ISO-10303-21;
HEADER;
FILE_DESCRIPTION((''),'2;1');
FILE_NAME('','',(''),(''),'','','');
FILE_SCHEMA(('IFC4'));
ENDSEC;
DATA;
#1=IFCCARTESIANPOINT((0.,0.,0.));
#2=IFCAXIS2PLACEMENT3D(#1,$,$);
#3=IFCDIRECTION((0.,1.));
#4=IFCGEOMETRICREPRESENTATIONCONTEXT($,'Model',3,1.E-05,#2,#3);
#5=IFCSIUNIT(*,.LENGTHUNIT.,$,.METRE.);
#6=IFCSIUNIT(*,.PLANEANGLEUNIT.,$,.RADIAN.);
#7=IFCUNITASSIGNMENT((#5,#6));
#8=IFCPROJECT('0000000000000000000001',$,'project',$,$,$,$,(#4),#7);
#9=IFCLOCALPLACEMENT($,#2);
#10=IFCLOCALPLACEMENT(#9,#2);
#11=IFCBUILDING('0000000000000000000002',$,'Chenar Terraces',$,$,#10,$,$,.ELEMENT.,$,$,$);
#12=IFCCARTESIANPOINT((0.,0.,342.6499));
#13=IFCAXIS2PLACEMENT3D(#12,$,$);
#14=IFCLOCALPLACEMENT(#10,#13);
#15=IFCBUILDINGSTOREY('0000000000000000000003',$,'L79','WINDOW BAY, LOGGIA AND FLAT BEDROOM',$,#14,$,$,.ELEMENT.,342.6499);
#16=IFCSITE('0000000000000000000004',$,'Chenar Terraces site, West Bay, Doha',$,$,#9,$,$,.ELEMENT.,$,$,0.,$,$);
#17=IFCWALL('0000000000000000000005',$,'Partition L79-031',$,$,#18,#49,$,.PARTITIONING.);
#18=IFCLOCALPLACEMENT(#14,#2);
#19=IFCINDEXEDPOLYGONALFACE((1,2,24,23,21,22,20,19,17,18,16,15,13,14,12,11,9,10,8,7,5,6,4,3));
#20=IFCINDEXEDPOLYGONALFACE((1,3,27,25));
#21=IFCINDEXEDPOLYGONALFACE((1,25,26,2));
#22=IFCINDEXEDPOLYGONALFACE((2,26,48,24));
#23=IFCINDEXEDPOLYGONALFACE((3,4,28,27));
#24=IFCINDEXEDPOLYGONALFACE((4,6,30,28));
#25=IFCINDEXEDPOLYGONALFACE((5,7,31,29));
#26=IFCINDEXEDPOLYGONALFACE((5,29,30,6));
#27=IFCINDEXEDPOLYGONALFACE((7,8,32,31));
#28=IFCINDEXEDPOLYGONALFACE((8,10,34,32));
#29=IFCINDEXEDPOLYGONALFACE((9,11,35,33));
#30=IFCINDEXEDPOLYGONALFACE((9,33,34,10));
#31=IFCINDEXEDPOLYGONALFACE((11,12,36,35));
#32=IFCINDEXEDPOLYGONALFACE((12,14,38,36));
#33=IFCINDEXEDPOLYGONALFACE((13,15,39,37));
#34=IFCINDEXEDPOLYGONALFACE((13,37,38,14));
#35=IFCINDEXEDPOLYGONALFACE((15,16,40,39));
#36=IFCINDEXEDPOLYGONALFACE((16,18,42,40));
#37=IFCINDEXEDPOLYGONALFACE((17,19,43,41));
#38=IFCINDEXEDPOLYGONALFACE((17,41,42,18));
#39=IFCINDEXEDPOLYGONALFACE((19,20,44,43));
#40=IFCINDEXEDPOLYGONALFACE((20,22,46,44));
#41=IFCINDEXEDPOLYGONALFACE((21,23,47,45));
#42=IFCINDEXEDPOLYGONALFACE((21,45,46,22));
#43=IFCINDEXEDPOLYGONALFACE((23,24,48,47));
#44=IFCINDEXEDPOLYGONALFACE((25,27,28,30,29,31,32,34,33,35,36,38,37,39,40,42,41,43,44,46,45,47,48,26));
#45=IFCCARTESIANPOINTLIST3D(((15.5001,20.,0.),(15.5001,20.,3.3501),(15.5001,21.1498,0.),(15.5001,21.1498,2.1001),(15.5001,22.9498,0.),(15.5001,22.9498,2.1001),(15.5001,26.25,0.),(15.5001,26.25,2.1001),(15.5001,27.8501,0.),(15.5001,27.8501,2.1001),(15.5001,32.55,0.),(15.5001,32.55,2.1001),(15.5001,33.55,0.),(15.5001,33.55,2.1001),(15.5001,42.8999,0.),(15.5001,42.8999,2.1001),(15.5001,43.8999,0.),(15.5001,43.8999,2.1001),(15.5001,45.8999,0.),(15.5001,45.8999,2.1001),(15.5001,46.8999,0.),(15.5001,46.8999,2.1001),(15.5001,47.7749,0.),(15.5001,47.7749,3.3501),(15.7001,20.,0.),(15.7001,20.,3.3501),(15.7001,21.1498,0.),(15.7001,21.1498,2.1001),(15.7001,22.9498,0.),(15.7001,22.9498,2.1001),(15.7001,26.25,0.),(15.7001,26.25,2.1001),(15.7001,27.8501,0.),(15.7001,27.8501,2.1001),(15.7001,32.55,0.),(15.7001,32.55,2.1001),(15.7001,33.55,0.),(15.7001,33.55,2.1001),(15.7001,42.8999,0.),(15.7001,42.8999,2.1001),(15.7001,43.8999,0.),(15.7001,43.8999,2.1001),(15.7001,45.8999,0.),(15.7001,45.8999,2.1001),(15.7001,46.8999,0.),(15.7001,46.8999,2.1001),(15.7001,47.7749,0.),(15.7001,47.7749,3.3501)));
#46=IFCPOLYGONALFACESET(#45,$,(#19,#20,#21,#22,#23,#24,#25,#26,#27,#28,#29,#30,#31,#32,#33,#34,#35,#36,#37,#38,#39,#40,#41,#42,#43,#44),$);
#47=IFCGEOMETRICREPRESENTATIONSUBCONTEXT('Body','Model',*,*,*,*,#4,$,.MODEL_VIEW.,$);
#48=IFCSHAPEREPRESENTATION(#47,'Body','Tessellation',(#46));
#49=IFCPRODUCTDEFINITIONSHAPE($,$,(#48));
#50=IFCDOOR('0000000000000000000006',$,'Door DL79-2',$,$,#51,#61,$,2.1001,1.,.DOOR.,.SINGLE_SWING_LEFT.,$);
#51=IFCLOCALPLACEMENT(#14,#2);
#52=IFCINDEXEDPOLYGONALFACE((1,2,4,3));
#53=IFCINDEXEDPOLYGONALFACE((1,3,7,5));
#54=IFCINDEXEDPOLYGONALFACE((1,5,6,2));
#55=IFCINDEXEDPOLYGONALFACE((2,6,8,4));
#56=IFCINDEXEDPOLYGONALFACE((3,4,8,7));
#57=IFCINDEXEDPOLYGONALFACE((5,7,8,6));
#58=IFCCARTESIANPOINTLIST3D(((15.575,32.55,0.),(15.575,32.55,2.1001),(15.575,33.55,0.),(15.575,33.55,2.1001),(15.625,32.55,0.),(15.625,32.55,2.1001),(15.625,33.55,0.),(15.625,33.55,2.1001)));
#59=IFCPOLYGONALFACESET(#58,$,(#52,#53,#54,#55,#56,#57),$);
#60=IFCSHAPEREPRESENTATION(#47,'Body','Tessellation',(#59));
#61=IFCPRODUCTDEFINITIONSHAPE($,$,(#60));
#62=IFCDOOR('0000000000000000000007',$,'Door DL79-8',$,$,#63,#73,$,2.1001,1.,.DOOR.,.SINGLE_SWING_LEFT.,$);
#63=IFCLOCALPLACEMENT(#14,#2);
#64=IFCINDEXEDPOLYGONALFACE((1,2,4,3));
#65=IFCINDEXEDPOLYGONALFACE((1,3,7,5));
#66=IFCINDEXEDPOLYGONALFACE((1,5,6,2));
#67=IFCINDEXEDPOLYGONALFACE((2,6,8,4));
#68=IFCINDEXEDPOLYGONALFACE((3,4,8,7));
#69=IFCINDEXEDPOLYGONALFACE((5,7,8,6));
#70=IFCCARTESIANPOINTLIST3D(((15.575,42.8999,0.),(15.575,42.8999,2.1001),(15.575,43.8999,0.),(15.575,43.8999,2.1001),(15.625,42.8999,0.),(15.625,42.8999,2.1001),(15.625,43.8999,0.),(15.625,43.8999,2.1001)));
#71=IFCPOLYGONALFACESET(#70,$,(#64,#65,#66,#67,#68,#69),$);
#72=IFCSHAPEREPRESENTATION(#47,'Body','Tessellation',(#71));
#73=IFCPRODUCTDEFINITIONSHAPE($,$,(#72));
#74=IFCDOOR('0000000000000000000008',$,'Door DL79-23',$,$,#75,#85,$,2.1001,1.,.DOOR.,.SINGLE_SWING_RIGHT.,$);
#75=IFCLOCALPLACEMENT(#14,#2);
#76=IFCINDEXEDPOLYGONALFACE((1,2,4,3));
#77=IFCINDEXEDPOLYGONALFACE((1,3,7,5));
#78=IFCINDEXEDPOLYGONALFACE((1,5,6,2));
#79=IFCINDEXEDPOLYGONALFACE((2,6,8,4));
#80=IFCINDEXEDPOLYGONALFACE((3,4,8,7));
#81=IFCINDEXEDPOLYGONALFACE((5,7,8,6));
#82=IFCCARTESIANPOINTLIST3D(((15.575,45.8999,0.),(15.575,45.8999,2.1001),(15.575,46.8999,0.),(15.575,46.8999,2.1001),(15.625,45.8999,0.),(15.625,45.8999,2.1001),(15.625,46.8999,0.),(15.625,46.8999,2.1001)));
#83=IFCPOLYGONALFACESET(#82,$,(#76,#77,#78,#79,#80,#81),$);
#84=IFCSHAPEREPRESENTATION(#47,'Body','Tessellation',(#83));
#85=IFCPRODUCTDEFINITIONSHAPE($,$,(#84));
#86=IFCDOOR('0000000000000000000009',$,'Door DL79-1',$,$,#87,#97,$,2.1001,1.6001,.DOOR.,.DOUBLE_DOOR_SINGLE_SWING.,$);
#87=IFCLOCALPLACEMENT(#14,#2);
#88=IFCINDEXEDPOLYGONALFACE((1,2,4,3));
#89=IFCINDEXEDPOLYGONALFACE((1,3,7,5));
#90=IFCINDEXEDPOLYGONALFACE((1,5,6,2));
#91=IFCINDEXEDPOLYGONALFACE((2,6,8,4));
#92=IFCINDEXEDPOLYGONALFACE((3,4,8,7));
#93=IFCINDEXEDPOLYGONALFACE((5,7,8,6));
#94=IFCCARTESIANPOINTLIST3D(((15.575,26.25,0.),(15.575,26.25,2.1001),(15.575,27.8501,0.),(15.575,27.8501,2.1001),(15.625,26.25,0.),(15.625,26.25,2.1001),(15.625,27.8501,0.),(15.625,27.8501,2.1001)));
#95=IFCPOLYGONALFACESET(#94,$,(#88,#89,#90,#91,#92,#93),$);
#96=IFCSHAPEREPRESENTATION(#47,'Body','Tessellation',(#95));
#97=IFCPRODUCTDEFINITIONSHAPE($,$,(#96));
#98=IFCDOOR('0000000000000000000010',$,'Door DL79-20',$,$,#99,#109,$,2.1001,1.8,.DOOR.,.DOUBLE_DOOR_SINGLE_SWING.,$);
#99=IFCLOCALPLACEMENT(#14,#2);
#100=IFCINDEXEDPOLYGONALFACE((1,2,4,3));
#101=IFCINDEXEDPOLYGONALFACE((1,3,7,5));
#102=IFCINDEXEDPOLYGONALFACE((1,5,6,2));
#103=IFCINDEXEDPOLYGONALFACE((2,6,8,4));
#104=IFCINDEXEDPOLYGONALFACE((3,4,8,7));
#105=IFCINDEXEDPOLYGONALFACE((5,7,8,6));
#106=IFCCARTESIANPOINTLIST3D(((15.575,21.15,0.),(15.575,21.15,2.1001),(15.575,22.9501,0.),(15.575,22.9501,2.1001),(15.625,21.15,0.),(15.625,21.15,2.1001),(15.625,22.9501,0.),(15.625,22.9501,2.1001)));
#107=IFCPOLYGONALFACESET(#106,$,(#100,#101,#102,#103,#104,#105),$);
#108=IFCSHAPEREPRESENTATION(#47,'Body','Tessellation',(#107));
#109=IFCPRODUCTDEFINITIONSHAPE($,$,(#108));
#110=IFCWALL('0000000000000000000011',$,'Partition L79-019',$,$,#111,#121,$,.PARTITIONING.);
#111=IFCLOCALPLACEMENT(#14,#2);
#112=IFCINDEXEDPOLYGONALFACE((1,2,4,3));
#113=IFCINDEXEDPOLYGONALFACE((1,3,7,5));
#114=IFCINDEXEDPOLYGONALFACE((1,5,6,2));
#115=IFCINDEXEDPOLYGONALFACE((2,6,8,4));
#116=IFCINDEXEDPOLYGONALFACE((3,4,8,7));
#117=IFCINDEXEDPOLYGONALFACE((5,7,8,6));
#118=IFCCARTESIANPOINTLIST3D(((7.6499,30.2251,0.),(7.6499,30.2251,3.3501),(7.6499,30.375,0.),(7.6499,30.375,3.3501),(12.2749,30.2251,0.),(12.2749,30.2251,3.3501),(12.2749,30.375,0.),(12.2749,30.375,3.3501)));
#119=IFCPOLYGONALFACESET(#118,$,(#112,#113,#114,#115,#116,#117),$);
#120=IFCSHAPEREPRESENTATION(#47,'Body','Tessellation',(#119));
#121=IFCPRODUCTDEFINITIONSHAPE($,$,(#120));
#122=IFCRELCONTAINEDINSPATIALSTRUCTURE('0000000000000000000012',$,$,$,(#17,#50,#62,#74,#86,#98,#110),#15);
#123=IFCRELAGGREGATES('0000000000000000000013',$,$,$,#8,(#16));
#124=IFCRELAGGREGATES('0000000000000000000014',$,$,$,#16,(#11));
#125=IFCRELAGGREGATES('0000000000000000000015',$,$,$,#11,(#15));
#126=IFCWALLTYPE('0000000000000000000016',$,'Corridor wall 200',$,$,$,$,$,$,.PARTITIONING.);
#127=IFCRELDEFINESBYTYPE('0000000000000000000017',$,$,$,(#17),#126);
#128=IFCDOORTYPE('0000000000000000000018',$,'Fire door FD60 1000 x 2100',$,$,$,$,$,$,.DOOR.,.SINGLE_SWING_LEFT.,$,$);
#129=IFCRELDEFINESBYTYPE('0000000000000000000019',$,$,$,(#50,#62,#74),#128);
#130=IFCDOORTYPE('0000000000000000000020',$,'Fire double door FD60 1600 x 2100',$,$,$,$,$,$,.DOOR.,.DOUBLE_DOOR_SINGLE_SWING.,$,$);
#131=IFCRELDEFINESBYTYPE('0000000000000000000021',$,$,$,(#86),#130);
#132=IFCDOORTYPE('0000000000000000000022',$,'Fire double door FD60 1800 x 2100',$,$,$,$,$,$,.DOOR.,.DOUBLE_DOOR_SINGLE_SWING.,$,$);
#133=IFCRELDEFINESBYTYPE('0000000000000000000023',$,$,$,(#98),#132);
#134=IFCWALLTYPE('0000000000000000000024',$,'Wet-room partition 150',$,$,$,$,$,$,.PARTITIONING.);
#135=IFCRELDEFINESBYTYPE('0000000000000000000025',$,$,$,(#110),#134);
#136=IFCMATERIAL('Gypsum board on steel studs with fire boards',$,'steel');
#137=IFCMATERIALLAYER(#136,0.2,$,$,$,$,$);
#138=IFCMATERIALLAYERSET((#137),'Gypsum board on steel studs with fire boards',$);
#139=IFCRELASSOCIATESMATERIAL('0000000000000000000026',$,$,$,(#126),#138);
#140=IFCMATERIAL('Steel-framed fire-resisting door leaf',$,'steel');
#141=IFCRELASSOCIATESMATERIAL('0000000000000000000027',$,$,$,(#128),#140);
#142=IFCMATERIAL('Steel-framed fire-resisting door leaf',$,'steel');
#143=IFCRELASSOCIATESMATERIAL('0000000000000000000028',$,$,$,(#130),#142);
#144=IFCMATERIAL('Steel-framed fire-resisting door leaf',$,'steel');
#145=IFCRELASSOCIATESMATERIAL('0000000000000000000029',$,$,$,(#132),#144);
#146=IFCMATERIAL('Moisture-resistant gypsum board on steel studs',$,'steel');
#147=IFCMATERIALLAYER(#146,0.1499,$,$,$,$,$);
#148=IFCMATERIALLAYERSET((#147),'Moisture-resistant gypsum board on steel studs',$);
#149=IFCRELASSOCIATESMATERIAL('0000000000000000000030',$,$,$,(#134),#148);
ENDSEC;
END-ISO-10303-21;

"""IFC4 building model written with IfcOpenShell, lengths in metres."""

from ifc_helpers import new_model, si_unit, direction, frame, frame_2d, origin, place, context, subcontext, project, spatial, rectangle, extrude, material, layer, layer_set, type_object, element, fill, save


model = new_model("IFC4")

# Units and contexts
model_context = context("Model", 3, precision=1e-05, world=origin(), true_north=direction((0.0, 1.0)))
body_context = subcontext(model_context, "Body", "Model", "MODEL_VIEW")
ifc_project = project(units=[si_unit("LENGTHUNIT", "METRE"), si_unit("PLANEANGLEUNIT", "RADIAN")], contexts=[model_context])

# Site, building, storey
site_placement = place(None, origin())
site = spatial("IfcSite", under=ifc_project, at=site_placement, Name="Chenar Terraces site, West Bay, Doha", CompositionType="ELEMENT", RefElevation=0.0)
building_placement = place(site_placement, origin())
building = spatial("IfcBuilding", under=site, at=building_placement, Name="Chenar Terraces", CompositionType="ELEMENT")
storey_placement = place(building_placement, frame((0.0, 0.0, 342.6499)))
storey = spatial("IfcBuildingStorey", under=building, at=storey_placement, Name="L79", Description="WINDOW BAY, LOGGIA AND FLAT BEDROOM", CompositionType="ELEMENT", Elevation=342.6499)

# Wall, openings, doors
ifc_material_1 = material(Name="Gypsum board on steel studs with fire boards", Category="steel")
ifc_layer_1 = layer(ifc_material_1, 0.2)
ifc_layer_set_1 = layer_set([ifc_layer_1], Name="Gypsum board on steel studs with fire boards")
wall_type_1 = type_object("IfcWallType", Name="Corridor wall 200", PredefinedType="PARTITIONING", material=ifc_layer_set_1)
wall_1_placement = place(storey_placement, frame((15.6001, 20.0, 0.0), z_axis=(0.0, 0.0, 1.0), x_axis=(0.0, 1.0, 0.0)))
wall_1 = element("IfcWall", 1, at=wall_1_placement, inside=storey, type_object=wall_type_1, Name="Partition L79-031", PredefinedType="PARTITIONING", context=body_context, shape_type="SweptSolid", body=[
    extrude(rectangle(XDim=27.7749, YDim=0.2, at=frame_2d((13.8875, 0.0))), origin(), (0.0, 0.0, 1.0), 3.3501),
])
opening_1_placement = place(wall_1_placement, frame((6.25, 0.0, 0.0)))
opening_1 = element("IfcOpeningElement", 2, at=opening_1_placement, cuts=wall_1, PredefinedType="OPENING", context=body_context, shape_type="SweptSolid", body=[
    extrude(rectangle(XDim=1.6001, YDim=2.1001, at=frame_2d((0.8, 1.05))), frame((0.0, 0.1099, 0.0), z_axis=(0.0, -1.0, 0.0), x_axis=(1.0, 0.0, 0.0)), (0.0, 0.0, 1.0), 0.22),
])
opening_2_placement = place(wall_1_placement, frame((12.55, 0.0, 0.0)))
opening_2 = element("IfcOpeningElement", 3, at=opening_2_placement, cuts=wall_1, PredefinedType="OPENING", context=body_context, shape_type="SweptSolid", body=[
    extrude(rectangle(XDim=1.0, YDim=2.1001, at=frame_2d((0.5, 1.05))), frame((0.0, 0.1099, 0.0), z_axis=(0.0, -1.0, 0.0), x_axis=(1.0, 0.0, 0.0)), (0.0, 0.0, 1.0), 0.22),
])
opening_3_placement = place(wall_1_placement, frame((22.8999, 0.0, 0.0)))
opening_3 = element("IfcOpeningElement", 4, at=opening_3_placement, cuts=wall_1, PredefinedType="OPENING", context=body_context, shape_type="SweptSolid", body=[
    extrude(rectangle(XDim=1.0, YDim=2.1001, at=frame_2d((0.5, 1.05))), frame((0.0, 0.1099, 0.0), z_axis=(0.0, -1.0, 0.0), x_axis=(1.0, 0.0, 0.0)), (0.0, 0.0, 1.0), 0.22),
])
opening_4_placement = place(wall_1_placement, frame((1.1499, 0.0, 0.0)))
opening_4 = element("IfcOpeningElement", 5, at=opening_4_placement, cuts=wall_1, PredefinedType="OPENING", context=body_context, shape_type="SweptSolid", body=[
    extrude(rectangle(XDim=1.8, YDim=2.1001, at=frame_2d((0.8999, 1.05))), frame((0.0, 0.1099, 0.0), z_axis=(0.0, -1.0, 0.0), x_axis=(1.0, 0.0, 0.0)), (0.0, 0.0, 1.0), 0.22),
])
opening_5_placement = place(wall_1_placement, frame((25.8999, 0.0, 0.0)))
opening_5 = element("IfcOpeningElement", 6, at=opening_5_placement, cuts=wall_1, PredefinedType="OPENING", context=body_context, shape_type="SweptSolid", body=[
    extrude(rectangle(XDim=1.0, YDim=2.1001, at=frame_2d((0.5, 1.05))), frame((0.0, 0.1099, 0.0), z_axis=(0.0, -1.0, 0.0), x_axis=(1.0, 0.0, 0.0)), (0.0, 0.0, 1.0), 0.22),
])
ifc_material_2 = material(Name="Steel-framed fire-resisting door leaf", Category="steel")
door_type_1 = type_object("IfcDoorType", Name="Fire door FD60 1000 x 2100", OperationType="SINGLE_SWING_LEFT", PredefinedType="DOOR", material=ifc_material_2)
door_1_placement = place(opening_2_placement, frame((1.0, 0.0, 0.0), z_axis=(0.0, 0.0, 1.0), x_axis=(-1.0, 0.0, 0.0)))
door_1 = element("IfcDoor", 7, at=door_1_placement, inside=storey, type_object=door_type_1, Name="Door DL79-2", OperationType="SINGLE_SWING_LEFT", OverallHeight=2.1001, OverallWidth=1.0, PredefinedType="DOOR", context=body_context, shape_type="SweptSolid", body=[
    extrude(rectangle(XDim=1.0, YDim=2.1001, at=frame_2d((0.5, 1.05))), frame((0.0, 0.0249, 0.0), z_axis=(0.0, -1.0, 0.0), x_axis=(1.0, 0.0, 0.0)), (0.0, 0.0, 1.0), 0.05),
])
fill(opening_2, door_1)
door_2_placement = place(opening_3_placement, frame((1.0, 0.0, 0.0), z_axis=(0.0, 0.0, 1.0), x_axis=(-1.0, 0.0, 0.0)))
door_2 = element("IfcDoor", 8, at=door_2_placement, inside=storey, type_object=door_type_1, Name="Door DL79-8", OperationType="SINGLE_SWING_LEFT", OverallHeight=2.1001, OverallWidth=1.0, PredefinedType="DOOR", context=body_context, shape_type="SweptSolid", body=[
    extrude(rectangle(XDim=1.0, YDim=2.1001, at=frame_2d((0.5, 1.05))), frame((0.0, 0.0249, 0.0), z_axis=(0.0, -1.0, 0.0), x_axis=(1.0, 0.0, 0.0)), (0.0, 0.0, 1.0), 0.05),
])
fill(opening_3, door_2)
door_3_placement = place(opening_5_placement, frame((1.0, 0.0, 0.0), z_axis=(0.0, 0.0, 1.0), x_axis=(-1.0, 0.0, 0.0)))
door_3 = element("IfcDoor", 9, at=door_3_placement, inside=storey, type_object=door_type_1, Name="Door DL79-23", OperationType="SINGLE_SWING_RIGHT", OverallHeight=2.1001, OverallWidth=1.0, PredefinedType="DOOR", context=body_context, shape_type="SweptSolid", body=[
    extrude(rectangle(XDim=1.0, YDim=2.1001, at=frame_2d((0.5, 1.05))), frame((0.0, 0.0249, 0.0), z_axis=(0.0, -1.0, 0.0), x_axis=(1.0, 0.0, 0.0)), (0.0, 0.0, 1.0), 0.05),
])
fill(opening_5, door_3)
ifc_material_3 = material(Name="Steel-framed fire-resisting door leaf", Category="steel")
door_type_2 = type_object("IfcDoorType", Name="Fire double door FD60 1600 x 2100", OperationType="DOUBLE_DOOR_SINGLE_SWING", PredefinedType="DOOR", material=ifc_material_3)
door_4_placement = place(opening_1_placement, frame((1.6001, 0.0, 0.0), z_axis=(0.0, 0.0, 1.0), x_axis=(-1.0, 0.0, 0.0)))
door_4 = element("IfcDoor", 10, at=door_4_placement, inside=storey, type_object=door_type_2, Name="Door DL79-1", OperationType="DOUBLE_DOOR_SINGLE_SWING", OverallHeight=2.1001, OverallWidth=1.6001, PredefinedType="DOOR", context=body_context, shape_type="SweptSolid", body=[
    extrude(rectangle(XDim=1.6001, YDim=2.1001, at=frame_2d((0.8, 1.05))), frame((0.0, 0.0249, 0.0), z_axis=(0.0, -1.0, 0.0), x_axis=(1.0, 0.0, 0.0)), (0.0, 0.0, 1.0), 0.05),
])
fill(opening_1, door_4)
ifc_material_4 = material(Name="Steel-framed fire-resisting door leaf", Category="steel")
door_type_3 = type_object("IfcDoorType", Name="Fire double door FD60 1800 x 2100", OperationType="DOUBLE_DOOR_SINGLE_SWING", PredefinedType="DOOR", material=ifc_material_4)
door_5_placement = place(opening_4_placement, frame((1.8, 0.0, 0.0), z_axis=(0.0, 0.0, 1.0), x_axis=(-1.0, 0.0, 0.0)))
door_5 = element("IfcDoor", 11, at=door_5_placement, inside=storey, type_object=door_type_3, Name="Door DL79-20", OperationType="DOUBLE_DOOR_SINGLE_SWING", OverallHeight=2.1001, OverallWidth=1.8, PredefinedType="DOOR", context=body_context, shape_type="SweptSolid", body=[
    extrude(rectangle(XDim=1.8, YDim=2.1001, at=frame_2d((0.8999, 1.05))), frame((0.0, 0.0249, 0.0), z_axis=(0.0, -1.0, 0.0), x_axis=(1.0, 0.0, 0.0)), (0.0, 0.0, 1.0), 0.05),
])
fill(opening_4, door_5)

# Wall
ifc_material_5 = material(Name="Moisture-resistant gypsum board on steel studs", Category="steel")
ifc_layer_2 = layer(ifc_material_5, 0.1499)
ifc_layer_set_2 = layer_set([ifc_layer_2], Name="Moisture-resistant gypsum board on steel studs")
wall_type_2 = type_object("IfcWallType", Name="Wet-room partition 150", PredefinedType="PARTITIONING", material=ifc_layer_set_2)
wall_2_placement = place(storey_placement, frame((7.6499, 30.3, 0.0), z_axis=(0.0, 0.0, 1.0), x_axis=(1.0, 0.0, 0.0)))
element("IfcWall", 12, at=wall_2_placement, inside=storey, type_object=wall_type_2, Name="Partition L79-019", PredefinedType="PARTITIONING", context=body_context, shape_type="SweptSolid", body=[
    extrude(rectangle(XDim=4.625, YDim=0.1499, at=frame_2d((2.3125, 0.0))), origin(), (0.0, 0.0, 1.0), 3.3501),
])

save(model, "model.ifc")
